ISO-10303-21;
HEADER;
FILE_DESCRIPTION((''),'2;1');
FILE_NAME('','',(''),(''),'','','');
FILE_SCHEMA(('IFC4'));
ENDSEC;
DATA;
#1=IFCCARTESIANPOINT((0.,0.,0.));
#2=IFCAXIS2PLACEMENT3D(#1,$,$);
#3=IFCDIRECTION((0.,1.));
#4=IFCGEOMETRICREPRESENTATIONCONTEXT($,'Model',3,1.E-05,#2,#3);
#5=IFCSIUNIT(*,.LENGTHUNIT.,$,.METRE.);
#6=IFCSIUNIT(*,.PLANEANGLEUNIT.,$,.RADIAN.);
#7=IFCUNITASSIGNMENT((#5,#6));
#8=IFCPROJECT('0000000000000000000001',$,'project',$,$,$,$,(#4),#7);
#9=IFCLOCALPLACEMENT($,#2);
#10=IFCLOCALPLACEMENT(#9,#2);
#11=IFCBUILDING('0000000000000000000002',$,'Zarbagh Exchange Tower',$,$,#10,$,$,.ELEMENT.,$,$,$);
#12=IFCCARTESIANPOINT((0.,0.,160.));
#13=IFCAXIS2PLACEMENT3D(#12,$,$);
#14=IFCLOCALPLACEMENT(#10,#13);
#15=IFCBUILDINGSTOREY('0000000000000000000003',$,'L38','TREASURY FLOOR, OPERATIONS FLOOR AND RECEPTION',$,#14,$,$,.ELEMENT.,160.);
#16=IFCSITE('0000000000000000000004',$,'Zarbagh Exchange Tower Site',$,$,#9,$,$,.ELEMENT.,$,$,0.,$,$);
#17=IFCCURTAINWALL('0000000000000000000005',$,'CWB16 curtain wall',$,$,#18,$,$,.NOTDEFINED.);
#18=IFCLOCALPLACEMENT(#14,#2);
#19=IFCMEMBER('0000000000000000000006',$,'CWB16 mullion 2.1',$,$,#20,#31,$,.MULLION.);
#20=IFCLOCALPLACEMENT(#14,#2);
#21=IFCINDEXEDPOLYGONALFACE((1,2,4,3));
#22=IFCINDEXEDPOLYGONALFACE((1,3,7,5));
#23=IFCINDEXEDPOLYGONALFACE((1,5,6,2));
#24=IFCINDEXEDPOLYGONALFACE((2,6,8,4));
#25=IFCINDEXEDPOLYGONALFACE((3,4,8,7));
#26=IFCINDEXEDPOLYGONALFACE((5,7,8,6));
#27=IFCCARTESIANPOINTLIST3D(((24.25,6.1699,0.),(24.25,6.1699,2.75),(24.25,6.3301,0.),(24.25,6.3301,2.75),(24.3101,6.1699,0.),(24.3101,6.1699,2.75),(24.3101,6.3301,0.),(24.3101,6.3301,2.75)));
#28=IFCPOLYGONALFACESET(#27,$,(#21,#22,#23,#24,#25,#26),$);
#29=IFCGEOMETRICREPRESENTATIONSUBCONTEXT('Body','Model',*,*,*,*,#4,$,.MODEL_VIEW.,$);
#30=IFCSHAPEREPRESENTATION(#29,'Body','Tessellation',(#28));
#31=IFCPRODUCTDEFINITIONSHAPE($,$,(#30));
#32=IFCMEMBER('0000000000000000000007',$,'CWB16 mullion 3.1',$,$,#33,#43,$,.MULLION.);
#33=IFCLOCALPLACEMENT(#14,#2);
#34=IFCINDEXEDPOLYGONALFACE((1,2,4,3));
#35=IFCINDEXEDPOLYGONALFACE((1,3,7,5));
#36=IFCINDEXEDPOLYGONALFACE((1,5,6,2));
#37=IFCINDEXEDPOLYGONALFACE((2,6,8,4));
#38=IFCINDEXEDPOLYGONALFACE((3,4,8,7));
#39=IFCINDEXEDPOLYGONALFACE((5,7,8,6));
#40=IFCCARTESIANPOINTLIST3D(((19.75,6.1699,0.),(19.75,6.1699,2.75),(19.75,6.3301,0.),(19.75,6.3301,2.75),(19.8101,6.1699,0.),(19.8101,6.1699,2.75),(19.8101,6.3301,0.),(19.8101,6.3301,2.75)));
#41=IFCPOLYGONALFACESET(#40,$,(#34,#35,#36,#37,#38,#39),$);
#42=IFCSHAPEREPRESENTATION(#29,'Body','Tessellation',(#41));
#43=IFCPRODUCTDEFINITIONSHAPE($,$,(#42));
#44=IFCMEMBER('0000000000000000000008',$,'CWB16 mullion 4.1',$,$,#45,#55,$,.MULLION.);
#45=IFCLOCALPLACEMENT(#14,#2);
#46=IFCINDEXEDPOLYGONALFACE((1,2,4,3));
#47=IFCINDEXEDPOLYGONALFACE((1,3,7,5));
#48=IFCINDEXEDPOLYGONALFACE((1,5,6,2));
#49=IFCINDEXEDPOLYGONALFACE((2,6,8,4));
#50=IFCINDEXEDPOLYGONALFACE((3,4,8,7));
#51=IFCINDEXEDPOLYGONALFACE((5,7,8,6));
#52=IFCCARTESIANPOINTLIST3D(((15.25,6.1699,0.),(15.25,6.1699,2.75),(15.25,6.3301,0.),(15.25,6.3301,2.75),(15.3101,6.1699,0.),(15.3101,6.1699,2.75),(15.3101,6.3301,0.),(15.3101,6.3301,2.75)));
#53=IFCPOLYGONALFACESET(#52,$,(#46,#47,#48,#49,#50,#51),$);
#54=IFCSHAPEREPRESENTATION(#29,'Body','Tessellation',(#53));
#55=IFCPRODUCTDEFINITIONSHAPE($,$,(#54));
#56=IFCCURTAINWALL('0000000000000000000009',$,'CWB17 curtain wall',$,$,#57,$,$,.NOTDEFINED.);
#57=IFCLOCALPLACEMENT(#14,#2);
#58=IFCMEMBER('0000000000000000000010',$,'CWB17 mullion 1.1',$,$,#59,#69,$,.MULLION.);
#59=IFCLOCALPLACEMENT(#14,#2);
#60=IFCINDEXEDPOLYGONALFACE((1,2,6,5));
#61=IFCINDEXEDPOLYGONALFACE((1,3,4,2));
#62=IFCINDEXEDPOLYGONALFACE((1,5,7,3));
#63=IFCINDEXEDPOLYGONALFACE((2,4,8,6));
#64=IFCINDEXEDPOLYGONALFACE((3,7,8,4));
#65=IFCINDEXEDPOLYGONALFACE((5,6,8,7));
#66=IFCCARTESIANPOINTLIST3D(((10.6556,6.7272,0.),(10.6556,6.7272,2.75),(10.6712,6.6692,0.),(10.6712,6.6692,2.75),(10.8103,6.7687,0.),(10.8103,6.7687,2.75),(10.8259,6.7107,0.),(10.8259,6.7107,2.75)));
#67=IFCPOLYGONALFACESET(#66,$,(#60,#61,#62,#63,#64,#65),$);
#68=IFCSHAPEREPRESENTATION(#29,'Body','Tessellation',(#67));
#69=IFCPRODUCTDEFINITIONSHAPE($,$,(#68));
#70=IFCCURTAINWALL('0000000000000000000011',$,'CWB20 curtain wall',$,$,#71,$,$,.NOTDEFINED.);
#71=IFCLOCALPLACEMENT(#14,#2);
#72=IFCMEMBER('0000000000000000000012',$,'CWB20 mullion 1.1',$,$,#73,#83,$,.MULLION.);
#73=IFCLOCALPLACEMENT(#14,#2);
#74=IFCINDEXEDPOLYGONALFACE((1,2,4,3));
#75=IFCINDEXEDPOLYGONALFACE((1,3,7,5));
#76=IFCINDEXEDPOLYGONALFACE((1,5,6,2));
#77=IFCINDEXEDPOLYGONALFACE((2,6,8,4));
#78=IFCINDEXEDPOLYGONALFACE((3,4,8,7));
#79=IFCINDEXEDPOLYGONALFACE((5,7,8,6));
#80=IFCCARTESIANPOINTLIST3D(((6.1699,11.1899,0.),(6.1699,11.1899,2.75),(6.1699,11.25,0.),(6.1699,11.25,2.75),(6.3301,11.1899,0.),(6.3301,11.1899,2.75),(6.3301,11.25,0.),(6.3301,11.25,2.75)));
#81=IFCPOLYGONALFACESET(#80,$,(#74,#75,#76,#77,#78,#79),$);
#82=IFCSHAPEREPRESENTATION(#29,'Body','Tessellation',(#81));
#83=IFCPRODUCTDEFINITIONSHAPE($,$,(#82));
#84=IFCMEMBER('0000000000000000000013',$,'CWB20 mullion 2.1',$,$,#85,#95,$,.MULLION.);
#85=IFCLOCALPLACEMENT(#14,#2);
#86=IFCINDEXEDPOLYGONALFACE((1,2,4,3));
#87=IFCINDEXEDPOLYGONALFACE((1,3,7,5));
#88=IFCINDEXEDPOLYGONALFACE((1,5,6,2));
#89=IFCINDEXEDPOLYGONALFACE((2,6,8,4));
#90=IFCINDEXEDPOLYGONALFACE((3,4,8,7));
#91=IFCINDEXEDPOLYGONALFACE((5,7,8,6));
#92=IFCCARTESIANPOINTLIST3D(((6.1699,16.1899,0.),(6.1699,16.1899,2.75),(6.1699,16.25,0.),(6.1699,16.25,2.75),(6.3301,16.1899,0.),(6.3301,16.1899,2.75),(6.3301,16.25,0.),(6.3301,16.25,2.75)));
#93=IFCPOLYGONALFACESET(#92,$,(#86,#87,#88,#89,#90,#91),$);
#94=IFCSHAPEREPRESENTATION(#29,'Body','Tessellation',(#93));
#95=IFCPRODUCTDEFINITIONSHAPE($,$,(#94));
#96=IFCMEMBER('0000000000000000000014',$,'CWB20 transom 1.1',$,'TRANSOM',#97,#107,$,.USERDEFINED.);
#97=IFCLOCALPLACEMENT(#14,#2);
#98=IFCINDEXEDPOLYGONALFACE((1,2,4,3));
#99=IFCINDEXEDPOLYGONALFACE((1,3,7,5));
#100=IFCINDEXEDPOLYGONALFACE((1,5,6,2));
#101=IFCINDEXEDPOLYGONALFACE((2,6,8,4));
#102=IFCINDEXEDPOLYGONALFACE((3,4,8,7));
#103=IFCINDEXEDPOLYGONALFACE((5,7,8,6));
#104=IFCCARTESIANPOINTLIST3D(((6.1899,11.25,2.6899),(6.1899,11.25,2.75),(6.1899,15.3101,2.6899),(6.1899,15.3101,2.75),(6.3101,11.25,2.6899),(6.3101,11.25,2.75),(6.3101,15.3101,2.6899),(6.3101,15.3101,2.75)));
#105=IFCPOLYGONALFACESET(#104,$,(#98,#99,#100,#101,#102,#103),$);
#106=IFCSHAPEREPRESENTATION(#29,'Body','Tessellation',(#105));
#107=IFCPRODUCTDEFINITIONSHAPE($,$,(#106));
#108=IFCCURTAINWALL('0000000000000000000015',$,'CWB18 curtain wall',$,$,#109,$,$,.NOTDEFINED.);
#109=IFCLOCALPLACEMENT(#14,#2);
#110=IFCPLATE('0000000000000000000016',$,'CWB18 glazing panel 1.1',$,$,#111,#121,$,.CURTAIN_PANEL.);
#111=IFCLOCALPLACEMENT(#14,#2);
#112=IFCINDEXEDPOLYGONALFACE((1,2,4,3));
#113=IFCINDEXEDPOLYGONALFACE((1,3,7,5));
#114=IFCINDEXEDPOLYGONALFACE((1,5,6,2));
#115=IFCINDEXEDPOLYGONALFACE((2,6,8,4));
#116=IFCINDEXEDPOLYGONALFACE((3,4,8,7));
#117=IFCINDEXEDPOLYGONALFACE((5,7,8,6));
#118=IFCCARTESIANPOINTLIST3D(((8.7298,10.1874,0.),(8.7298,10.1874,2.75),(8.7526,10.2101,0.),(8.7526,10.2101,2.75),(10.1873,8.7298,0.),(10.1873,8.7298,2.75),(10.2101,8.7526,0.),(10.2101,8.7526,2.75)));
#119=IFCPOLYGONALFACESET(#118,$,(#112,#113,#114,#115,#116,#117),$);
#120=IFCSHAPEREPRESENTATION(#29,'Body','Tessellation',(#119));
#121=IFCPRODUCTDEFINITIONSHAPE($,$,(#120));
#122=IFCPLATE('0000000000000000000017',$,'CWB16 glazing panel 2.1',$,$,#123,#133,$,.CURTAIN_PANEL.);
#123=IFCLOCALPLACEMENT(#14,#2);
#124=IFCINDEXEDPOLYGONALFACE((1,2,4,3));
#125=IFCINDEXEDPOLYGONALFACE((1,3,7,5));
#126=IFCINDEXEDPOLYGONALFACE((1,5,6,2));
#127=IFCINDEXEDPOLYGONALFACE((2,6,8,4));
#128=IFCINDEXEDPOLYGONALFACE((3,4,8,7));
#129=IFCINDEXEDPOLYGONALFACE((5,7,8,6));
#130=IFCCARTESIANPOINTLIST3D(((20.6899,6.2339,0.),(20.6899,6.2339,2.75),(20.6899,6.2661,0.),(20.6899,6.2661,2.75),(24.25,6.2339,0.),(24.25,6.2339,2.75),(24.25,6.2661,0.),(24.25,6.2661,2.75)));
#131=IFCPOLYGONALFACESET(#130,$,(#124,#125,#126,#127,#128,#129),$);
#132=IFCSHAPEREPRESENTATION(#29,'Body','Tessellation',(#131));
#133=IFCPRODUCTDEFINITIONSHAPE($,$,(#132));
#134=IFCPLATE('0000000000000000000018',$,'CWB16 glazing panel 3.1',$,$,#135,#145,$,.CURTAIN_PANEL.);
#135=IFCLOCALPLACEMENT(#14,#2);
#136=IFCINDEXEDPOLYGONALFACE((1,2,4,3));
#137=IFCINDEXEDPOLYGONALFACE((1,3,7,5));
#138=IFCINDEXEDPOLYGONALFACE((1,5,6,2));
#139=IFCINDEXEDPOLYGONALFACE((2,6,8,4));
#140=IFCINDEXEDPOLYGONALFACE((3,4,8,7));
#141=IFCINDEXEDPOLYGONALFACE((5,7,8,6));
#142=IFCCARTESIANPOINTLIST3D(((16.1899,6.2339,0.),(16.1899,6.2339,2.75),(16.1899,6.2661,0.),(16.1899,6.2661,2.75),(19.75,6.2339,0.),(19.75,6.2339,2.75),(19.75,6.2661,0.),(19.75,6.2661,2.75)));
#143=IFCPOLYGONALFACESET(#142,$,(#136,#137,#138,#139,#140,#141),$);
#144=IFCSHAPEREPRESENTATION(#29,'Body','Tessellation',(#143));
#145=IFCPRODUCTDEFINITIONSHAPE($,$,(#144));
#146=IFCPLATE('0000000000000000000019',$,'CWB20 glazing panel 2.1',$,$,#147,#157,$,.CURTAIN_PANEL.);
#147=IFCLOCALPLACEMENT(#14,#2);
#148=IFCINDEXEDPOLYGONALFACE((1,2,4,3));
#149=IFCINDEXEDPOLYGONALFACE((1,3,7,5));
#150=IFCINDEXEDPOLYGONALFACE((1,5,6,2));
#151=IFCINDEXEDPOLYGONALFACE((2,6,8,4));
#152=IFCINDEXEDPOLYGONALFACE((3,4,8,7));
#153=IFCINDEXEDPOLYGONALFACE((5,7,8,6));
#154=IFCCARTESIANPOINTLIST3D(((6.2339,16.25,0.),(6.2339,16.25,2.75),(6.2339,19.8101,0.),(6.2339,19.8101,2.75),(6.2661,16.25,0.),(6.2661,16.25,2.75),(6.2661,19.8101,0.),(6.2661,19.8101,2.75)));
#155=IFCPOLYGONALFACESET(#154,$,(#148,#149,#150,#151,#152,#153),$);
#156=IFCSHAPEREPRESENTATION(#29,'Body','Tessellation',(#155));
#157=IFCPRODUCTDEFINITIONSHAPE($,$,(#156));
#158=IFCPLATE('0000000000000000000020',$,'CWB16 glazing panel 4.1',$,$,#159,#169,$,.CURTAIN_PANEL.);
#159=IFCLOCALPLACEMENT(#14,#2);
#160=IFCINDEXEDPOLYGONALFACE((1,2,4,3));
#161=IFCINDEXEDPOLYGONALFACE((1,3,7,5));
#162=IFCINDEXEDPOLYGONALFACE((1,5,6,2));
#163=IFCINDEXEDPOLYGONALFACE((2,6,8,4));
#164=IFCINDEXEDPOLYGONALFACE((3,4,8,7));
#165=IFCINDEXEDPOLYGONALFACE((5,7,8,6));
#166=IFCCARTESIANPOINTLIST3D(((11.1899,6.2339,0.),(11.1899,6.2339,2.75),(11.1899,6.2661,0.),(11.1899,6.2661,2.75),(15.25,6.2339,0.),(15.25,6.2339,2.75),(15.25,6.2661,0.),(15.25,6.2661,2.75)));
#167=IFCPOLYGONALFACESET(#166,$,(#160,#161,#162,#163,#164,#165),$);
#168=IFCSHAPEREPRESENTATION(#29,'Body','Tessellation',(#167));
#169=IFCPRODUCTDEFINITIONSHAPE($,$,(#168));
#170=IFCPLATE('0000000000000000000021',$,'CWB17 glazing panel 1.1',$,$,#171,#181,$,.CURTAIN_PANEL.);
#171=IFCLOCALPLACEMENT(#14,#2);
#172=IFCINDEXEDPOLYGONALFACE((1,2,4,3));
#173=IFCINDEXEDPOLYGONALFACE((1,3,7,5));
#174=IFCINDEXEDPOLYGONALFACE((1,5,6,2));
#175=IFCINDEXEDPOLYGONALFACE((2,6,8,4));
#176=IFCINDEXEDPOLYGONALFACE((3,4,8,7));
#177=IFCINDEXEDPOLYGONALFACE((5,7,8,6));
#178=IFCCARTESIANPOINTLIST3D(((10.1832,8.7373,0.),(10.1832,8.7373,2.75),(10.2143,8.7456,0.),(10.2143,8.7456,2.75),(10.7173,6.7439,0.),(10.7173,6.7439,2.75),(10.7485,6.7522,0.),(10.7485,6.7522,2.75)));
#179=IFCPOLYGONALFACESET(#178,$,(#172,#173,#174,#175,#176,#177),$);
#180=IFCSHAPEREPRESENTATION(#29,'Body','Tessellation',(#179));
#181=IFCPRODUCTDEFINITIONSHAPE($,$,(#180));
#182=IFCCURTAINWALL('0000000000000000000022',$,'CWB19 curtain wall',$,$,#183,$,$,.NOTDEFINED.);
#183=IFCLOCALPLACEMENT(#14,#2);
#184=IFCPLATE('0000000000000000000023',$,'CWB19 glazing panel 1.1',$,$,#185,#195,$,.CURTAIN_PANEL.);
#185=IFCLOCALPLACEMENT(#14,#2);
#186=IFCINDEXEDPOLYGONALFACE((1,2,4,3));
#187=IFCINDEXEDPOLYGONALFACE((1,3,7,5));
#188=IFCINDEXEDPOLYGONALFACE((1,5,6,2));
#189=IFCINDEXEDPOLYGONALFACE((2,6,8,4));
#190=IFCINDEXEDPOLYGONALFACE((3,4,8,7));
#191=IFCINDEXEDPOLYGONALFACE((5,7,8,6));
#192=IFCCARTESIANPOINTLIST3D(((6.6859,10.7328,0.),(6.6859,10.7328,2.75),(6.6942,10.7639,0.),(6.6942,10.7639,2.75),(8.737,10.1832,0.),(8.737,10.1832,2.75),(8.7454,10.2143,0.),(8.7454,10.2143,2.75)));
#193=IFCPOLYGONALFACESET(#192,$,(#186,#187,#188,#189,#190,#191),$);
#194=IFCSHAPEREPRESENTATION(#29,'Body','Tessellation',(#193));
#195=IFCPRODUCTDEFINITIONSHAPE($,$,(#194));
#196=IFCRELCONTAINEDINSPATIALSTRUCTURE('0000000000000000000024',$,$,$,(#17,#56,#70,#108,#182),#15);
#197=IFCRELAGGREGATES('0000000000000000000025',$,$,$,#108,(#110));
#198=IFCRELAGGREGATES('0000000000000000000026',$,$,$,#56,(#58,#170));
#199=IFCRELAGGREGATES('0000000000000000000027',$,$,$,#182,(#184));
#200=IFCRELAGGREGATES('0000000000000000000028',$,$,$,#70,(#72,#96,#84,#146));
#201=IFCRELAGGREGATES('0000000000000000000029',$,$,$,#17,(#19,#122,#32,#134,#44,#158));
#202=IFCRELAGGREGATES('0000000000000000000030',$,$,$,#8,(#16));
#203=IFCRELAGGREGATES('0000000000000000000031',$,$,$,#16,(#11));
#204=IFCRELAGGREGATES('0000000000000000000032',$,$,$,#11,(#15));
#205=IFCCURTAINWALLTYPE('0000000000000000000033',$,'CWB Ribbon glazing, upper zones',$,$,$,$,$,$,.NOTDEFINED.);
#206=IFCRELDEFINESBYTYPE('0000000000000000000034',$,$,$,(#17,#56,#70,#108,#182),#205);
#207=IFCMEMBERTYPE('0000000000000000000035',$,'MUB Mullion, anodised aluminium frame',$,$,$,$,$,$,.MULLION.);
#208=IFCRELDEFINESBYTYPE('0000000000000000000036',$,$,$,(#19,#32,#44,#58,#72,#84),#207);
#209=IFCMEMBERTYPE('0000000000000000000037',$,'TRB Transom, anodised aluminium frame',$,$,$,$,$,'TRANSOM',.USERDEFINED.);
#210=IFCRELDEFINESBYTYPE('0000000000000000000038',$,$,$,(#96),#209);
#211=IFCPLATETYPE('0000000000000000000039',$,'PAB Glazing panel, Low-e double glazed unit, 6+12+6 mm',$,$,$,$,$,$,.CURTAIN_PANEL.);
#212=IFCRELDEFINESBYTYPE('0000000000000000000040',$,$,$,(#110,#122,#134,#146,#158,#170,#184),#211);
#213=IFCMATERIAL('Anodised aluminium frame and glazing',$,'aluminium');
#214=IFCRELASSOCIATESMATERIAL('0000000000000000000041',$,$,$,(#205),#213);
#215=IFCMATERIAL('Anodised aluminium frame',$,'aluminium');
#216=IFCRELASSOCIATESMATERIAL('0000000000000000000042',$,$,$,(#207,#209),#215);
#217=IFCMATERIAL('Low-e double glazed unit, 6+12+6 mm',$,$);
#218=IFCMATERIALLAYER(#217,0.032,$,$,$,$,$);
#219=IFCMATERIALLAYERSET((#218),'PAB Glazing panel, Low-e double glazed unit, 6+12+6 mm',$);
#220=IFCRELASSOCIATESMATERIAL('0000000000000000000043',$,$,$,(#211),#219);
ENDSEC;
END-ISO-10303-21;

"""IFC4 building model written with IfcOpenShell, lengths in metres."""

from ifc_helpers import new_model, si_unit, direction, frame, origin, place, context, subcontext, project, spatial, polyline, outline, extrude, source, transform, mapped, material, layer, layer_set, type_object, element, aggregate, save


model = new_model("IFC4")

# Units and contexts
model_context = context("Model", 3, precision=1e-05, world=origin(), true_north=direction((0.0, 1.0)))
body_context = subcontext(model_context, "Body", "Model", "MODEL_VIEW")
ifc_project = project(units=[si_unit("LENGTHUNIT", "METRE"), si_unit("PLANEANGLEUNIT", "RADIAN")], contexts=[model_context])

# Site, building, storey
site_placement = place(None, origin())
site = spatial("IfcSite", under=ifc_project, at=site_placement, Name="Zarbagh Exchange Tower Site", CompositionType="ELEMENT", RefElevation=0.0)
building_placement = place(site_placement, origin())
building = spatial("IfcBuilding", under=site, at=building_placement, Name="Zarbagh Exchange Tower", CompositionType="ELEMENT")
storey_placement = place(building_placement, frame((0.0, 0.0, 160.0)))
storey = spatial("IfcBuildingStorey", under=building, at=storey_placement, Name="L38", Description="TREASURY FLOOR, OPERATIONS FLOOR AND RECEPTION", CompositionType="ELEMENT", Elevation=160.0)

# Curtain wall, members
ifc_material_1 = material(Name="Anodised aluminium frame and glazing", Category="aluminium")
curtain_wall_type = type_object("IfcCurtainWallType", Name="CWB Ribbon glazing, upper zones", PredefinedType="NOTDEFINED", material=ifc_material_1)
curtain_wall_1_placement = place(storey_placement, origin())
curtain_wall_1 = element("IfcCurtainWall", 1, at=curtain_wall_1_placement, inside=storey, type_object=curtain_wall_type, Name="CWB16 curtain wall", PredefinedType="NOTDEFINED")
ifc_material_2 = material(Name="Anodised aluminium frame", Category="aluminium")
member_type_1 = type_object("IfcMemberType", Name="MUB Mullion, anodised aluminium frame", PredefinedType="MULLION", material=ifc_material_2)
shared_shape_1 = source(origin(), body_context, "Body", "SweptSolid", [
    extrude(outline(polyline([(0.0, -0.0801), (0.0601, -0.0801), (0.0601, 0.0801), (0.0, 0.0801), (0.0, -0.0801)])), origin(), (0.0, 0.0, 1.0), 2.75),
])
placement = place(storey_placement, origin())
member_1 = element("IfcMember", 2, at=placement, type_object=member_type_1, Name="CWB16 mullion 2.1", PredefinedType="MULLION", context=body_context, shape_type="MappedRepresentation", body=[
    mapped(shared_shape_1, transform((24.3101, 6.25, 0.0), x_axis=(-1.0, 0.0, 0.0), y_axis=(0.0, -1.0, 0.0), z_axis=(0.0, 0.0, 1.0))),
])
member_2 = element("IfcMember", 3, at=placement, type_object=member_type_1, Name="CWB16 mullion 3.1", PredefinedType="MULLION", context=body_context, shape_type="MappedRepresentation", body=[
    mapped(shared_shape_1, transform((19.8101, 6.25, 0.0), x_axis=(-1.0, 0.0, 0.0), y_axis=(0.0, -1.0, 0.0), z_axis=(0.0, 0.0, 1.0))),
])
member_3 = element("IfcMember", 4, at=placement, type_object=member_type_1, Name="CWB16 mullion 4.1", PredefinedType="MULLION", context=body_context, shape_type="MappedRepresentation", body=[
    mapped(shared_shape_1, transform((15.3101, 6.25, 0.0), x_axis=(-1.0, 0.0, 0.0), y_axis=(0.0, -1.0, 0.0), z_axis=(0.0, 0.0, 1.0))),
])

# Curtain wall, member
curtain_wall_2_placement = place(storey_placement, origin())
curtain_wall_2 = element("IfcCurtainWall", 5, at=curtain_wall_2_placement, inside=storey, type_object=curtain_wall_type, Name="CWB17 curtain wall", PredefinedType="NOTDEFINED")
member_4 = element("IfcMember", 6, at=placement, type_object=member_type_1, Name="CWB17 mullion 1.1", PredefinedType="MULLION", context=body_context, shape_type="MappedRepresentation", body=[
    mapped(shared_shape_1, transform((10.7485, 6.6899, 0.0), x_axis=(-0.258825, 0.965924, 0.0), y_axis=(-0.965924, -0.258825, 0.0), z_axis=(0.0, 0.0, 1.0))),
])

# Curtain wall, members
curtain_wall_3_placement = place(storey_placement, origin())
curtain_wall_3 = element("IfcCurtainWall", 7, at=curtain_wall_3_placement, inside=storey, type_object=curtain_wall_type, Name="CWB20 curtain wall", PredefinedType="NOTDEFINED")
member_5 = element("IfcMember", 8, at=placement, type_object=member_type_1, Name="CWB20 mullion 1.1", PredefinedType="MULLION", context=body_context, shape_type="MappedRepresentation", body=[
    mapped(shared_shape_1, transform((6.25, 11.1899, 0.0), x_axis=(0.0, 1.0, 0.0), y_axis=(-1.0, 0.0, 0.0), z_axis=(0.0, 0.0, 1.0))),
])
member_6 = element("IfcMember", 9, at=placement, type_object=member_type_1, Name="CWB20 mullion 2.1", PredefinedType="MULLION", context=body_context, shape_type="MappedRepresentation", body=[
    mapped(shared_shape_1, transform((6.25, 16.1899, 0.0), x_axis=(0.0, 1.0, 0.0), y_axis=(-1.0, 0.0, 0.0), z_axis=(0.0, 0.0, 1.0))),
])
member_type_2 = type_object("IfcMemberType", Name="TRB Transom, anodised aluminium frame", ElementType="TRANSOM", PredefinedType="USERDEFINED", material=ifc_material_2)
shared_shape_2 = source(origin(), body_context, "Body", "SweptSolid", [
    extrude(outline(polyline([(-0.0601, -0.0601), (0.0, -0.0601), (0.0, 0.0601), (-0.0601, 0.0601), (-0.0601, -0.0601)])), origin(), (0.0, 0.0, 1.0), 4.0601),
])
member_7 = element("IfcMember", 10, at=placement, type_object=member_type_2, Name="CWB20 transom 1.1", ObjectType="TRANSOM", PredefinedType="USERDEFINED", context=body_context, shape_type="MappedRepresentation", body=[
    mapped(shared_shape_2, transform((6.25, 11.25, 2.75), x_axis=(0.0, 0.0, 1.0), y_axis=(1.0, 0.0, 0.0), z_axis=(0.0, 1.0, 0.0))),
])

# Curtain wall, plate
curtain_wall_4_placement = place(storey_placement, origin())
curtain_wall_4 = element("IfcCurtainWall", 11, at=curtain_wall_4_placement, inside=storey, type_object=curtain_wall_type, Name="CWB18 curtain wall", PredefinedType="NOTDEFINED")
ifc_material_3 = material(Name="Low-e double glazed unit, 6+12+6 mm")
ifc_layer_1 = layer(ifc_material_3, 0.032)
ifc_layer_set_1 = layer_set([ifc_layer_1], Name="PAB Glazing panel, Low-e double glazed unit, 6+12+6 mm")
plate_type = type_object("IfcPlateType", Name="PAB Glazing panel, Low-e double glazed unit, 6+12+6 mm", PredefinedType="CURTAIN_PANEL", material=ifc_layer_set_1)
shared_shape_3 = source(origin(), body_context, "Body", "SweptSolid", [
    extrude(outline(polyline([(0.0, -0.0161), (2.0613, -0.0161), (2.0613, 0.0161), (0.0, 0.0161), (0.0, -0.0161)])), origin(), (0.0, 0.0, 1.0), 2.75),
])
plate_1 = element("IfcPlate", 12, at=placement, type_object=plate_type, Name="CWB18 glazing panel 1.1", PredefinedType="CURTAIN_PANEL", context=body_context, shape_type="MappedRepresentation", body=[
    mapped(shared_shape_3, transform((10.1987, 8.7412, 0.0), x_axis=(-0.707107, 0.707107, 0.0), y_axis=(-0.707107, -0.707107, 0.0), z_axis=(0.0, 0.0, 1.0))),
])
aggregate(curtain_wall_4, [plate_1])

# Plates
shared_shape_4 = source(origin(), body_context, "Body", "SweptSolid", [
    extrude(outline(polyline([(0.0, -0.0161), (3.5601, -0.0161), (3.5601, 0.0161), (0.0, 0.0161), (0.0, -0.0161)])), origin(), (0.0, 0.0, 1.0), 2.75),
])
plate_2 = element("IfcPlate", 13, at=placement, type_object=plate_type, Name="CWB16 glazing panel 2.1", PredefinedType="CURTAIN_PANEL", context=body_context, shape_type="MappedRepresentation", body=[
    mapped(shared_shape_4, transform((24.25, 6.25, 0.0), x_axis=(-1.0, 0.0, 0.0), y_axis=(0.0, -1.0, 0.0), z_axis=(0.0, 0.0, 1.0))),
])
plate_3 = element("IfcPlate", 14, at=placement, type_object=plate_type, Name="CWB16 glazing panel 3.1", PredefinedType="CURTAIN_PANEL", context=body_context, shape_type="MappedRepresentation", body=[
    mapped(shared_shape_4, transform((19.75, 6.25, 0.0), x_axis=(-1.0, 0.0, 0.0), y_axis=(0.0, -1.0, 0.0), z_axis=(0.0, 0.0, 1.0))),
])
plate_4 = element("IfcPlate", 15, at=placement, type_object=plate_type, Name="CWB20 glazing panel 2.1", PredefinedType="CURTAIN_PANEL", context=body_context, shape_type="MappedRepresentation", body=[
    mapped(shared_shape_4, transform((6.25, 16.25, 0.0), x_axis=(0.0, 1.0, 0.0), y_axis=(-1.0, 0.0, 0.0), z_axis=(0.0, 0.0, 1.0))),
])
shared_shape_5 = source(origin(), body_context, "Body", "SweptSolid", [
    extrude(outline(polyline([(0.0, -0.0161), (4.0601, -0.0161), (4.0601, 0.0161), (0.0, 0.0161), (0.0, -0.0161)])), origin(), (0.0, 0.0, 1.0), 2.75),
])
plate_5 = element("IfcPlate", 16, at=placement, type_object=plate_type, Name="CWB16 glazing panel 4.1", PredefinedType="CURTAIN_PANEL", context=body_context, shape_type="MappedRepresentation", body=[
    mapped(shared_shape_5, transform((15.25, 6.25, 0.0), x_axis=(-1.0, 0.0, 0.0), y_axis=(0.0, -1.0, 0.0), z_axis=(0.0, 0.0, 1.0))),
])
shared_shape_6 = source(origin(), body_context, "Body", "SweptSolid", [
    extrude(outline(polyline([(0.0, -0.0161), (2.0637, -0.0161), (2.0637, 0.0161), (0.0, 0.0161), (0.0, -0.0161)])), origin(), (0.0, 0.0, 1.0), 2.75),
])
plate_6 = element("IfcPlate", 17, at=placement, type_object=plate_type, Name="CWB17 glazing panel 1.1", PredefinedType="CURTAIN_PANEL", context=body_context, shape_type="MappedRepresentation", body=[
    mapped(shared_shape_6, transform((10.7329, 6.748, 0.0), x_axis=(-0.258825, 0.965924, 0.0), y_axis=(-0.965924, -0.258825, 0.0), z_axis=(0.0, 0.0, 1.0))),
])
aggregate(curtain_wall_2, [member_4, plate_6])

# Curtain wall, plate
curtain_wall_5_placement = place(storey_placement, origin())
curtain_wall_5 = element("IfcCurtainWall", 18, at=curtain_wall_5_placement, inside=storey, type_object=curtain_wall_type, Name="CWB19 curtain wall", PredefinedType="NOTDEFINED")
shared_shape_7 = source(origin(), body_context, "Body", "SweptSolid", [
    extrude(outline(polyline([(0.0, -0.0161), (2.1235, -0.0161), (2.1235, 0.0161), (0.0, 0.0161), (0.0, -0.0161)])), origin(), (0.0, 0.0, 1.0), 2.75),
])
plate_7 = element("IfcPlate", 19, at=placement, type_object=plate_type, Name="CWB19 glazing panel 1.1", PredefinedType="CURTAIN_PANEL", context=body_context, shape_type="MappedRepresentation", body=[
    mapped(shared_shape_7, transform((8.7412, 10.1987, 0.0), x_axis=(-0.965924, 0.258825, 0.0), y_axis=(-0.258825, -0.965924, 0.0), z_axis=(0.0, 0.0, 1.0))),
])
aggregate(curtain_wall_5, [plate_7])

aggregate(curtain_wall_3, [member_5, member_7, member_6, plate_4])
aggregate(curtain_wall_1, [member_1, plate_2, member_2, plate_3, member_3, plate_5])

save(model, "model.ifc")
